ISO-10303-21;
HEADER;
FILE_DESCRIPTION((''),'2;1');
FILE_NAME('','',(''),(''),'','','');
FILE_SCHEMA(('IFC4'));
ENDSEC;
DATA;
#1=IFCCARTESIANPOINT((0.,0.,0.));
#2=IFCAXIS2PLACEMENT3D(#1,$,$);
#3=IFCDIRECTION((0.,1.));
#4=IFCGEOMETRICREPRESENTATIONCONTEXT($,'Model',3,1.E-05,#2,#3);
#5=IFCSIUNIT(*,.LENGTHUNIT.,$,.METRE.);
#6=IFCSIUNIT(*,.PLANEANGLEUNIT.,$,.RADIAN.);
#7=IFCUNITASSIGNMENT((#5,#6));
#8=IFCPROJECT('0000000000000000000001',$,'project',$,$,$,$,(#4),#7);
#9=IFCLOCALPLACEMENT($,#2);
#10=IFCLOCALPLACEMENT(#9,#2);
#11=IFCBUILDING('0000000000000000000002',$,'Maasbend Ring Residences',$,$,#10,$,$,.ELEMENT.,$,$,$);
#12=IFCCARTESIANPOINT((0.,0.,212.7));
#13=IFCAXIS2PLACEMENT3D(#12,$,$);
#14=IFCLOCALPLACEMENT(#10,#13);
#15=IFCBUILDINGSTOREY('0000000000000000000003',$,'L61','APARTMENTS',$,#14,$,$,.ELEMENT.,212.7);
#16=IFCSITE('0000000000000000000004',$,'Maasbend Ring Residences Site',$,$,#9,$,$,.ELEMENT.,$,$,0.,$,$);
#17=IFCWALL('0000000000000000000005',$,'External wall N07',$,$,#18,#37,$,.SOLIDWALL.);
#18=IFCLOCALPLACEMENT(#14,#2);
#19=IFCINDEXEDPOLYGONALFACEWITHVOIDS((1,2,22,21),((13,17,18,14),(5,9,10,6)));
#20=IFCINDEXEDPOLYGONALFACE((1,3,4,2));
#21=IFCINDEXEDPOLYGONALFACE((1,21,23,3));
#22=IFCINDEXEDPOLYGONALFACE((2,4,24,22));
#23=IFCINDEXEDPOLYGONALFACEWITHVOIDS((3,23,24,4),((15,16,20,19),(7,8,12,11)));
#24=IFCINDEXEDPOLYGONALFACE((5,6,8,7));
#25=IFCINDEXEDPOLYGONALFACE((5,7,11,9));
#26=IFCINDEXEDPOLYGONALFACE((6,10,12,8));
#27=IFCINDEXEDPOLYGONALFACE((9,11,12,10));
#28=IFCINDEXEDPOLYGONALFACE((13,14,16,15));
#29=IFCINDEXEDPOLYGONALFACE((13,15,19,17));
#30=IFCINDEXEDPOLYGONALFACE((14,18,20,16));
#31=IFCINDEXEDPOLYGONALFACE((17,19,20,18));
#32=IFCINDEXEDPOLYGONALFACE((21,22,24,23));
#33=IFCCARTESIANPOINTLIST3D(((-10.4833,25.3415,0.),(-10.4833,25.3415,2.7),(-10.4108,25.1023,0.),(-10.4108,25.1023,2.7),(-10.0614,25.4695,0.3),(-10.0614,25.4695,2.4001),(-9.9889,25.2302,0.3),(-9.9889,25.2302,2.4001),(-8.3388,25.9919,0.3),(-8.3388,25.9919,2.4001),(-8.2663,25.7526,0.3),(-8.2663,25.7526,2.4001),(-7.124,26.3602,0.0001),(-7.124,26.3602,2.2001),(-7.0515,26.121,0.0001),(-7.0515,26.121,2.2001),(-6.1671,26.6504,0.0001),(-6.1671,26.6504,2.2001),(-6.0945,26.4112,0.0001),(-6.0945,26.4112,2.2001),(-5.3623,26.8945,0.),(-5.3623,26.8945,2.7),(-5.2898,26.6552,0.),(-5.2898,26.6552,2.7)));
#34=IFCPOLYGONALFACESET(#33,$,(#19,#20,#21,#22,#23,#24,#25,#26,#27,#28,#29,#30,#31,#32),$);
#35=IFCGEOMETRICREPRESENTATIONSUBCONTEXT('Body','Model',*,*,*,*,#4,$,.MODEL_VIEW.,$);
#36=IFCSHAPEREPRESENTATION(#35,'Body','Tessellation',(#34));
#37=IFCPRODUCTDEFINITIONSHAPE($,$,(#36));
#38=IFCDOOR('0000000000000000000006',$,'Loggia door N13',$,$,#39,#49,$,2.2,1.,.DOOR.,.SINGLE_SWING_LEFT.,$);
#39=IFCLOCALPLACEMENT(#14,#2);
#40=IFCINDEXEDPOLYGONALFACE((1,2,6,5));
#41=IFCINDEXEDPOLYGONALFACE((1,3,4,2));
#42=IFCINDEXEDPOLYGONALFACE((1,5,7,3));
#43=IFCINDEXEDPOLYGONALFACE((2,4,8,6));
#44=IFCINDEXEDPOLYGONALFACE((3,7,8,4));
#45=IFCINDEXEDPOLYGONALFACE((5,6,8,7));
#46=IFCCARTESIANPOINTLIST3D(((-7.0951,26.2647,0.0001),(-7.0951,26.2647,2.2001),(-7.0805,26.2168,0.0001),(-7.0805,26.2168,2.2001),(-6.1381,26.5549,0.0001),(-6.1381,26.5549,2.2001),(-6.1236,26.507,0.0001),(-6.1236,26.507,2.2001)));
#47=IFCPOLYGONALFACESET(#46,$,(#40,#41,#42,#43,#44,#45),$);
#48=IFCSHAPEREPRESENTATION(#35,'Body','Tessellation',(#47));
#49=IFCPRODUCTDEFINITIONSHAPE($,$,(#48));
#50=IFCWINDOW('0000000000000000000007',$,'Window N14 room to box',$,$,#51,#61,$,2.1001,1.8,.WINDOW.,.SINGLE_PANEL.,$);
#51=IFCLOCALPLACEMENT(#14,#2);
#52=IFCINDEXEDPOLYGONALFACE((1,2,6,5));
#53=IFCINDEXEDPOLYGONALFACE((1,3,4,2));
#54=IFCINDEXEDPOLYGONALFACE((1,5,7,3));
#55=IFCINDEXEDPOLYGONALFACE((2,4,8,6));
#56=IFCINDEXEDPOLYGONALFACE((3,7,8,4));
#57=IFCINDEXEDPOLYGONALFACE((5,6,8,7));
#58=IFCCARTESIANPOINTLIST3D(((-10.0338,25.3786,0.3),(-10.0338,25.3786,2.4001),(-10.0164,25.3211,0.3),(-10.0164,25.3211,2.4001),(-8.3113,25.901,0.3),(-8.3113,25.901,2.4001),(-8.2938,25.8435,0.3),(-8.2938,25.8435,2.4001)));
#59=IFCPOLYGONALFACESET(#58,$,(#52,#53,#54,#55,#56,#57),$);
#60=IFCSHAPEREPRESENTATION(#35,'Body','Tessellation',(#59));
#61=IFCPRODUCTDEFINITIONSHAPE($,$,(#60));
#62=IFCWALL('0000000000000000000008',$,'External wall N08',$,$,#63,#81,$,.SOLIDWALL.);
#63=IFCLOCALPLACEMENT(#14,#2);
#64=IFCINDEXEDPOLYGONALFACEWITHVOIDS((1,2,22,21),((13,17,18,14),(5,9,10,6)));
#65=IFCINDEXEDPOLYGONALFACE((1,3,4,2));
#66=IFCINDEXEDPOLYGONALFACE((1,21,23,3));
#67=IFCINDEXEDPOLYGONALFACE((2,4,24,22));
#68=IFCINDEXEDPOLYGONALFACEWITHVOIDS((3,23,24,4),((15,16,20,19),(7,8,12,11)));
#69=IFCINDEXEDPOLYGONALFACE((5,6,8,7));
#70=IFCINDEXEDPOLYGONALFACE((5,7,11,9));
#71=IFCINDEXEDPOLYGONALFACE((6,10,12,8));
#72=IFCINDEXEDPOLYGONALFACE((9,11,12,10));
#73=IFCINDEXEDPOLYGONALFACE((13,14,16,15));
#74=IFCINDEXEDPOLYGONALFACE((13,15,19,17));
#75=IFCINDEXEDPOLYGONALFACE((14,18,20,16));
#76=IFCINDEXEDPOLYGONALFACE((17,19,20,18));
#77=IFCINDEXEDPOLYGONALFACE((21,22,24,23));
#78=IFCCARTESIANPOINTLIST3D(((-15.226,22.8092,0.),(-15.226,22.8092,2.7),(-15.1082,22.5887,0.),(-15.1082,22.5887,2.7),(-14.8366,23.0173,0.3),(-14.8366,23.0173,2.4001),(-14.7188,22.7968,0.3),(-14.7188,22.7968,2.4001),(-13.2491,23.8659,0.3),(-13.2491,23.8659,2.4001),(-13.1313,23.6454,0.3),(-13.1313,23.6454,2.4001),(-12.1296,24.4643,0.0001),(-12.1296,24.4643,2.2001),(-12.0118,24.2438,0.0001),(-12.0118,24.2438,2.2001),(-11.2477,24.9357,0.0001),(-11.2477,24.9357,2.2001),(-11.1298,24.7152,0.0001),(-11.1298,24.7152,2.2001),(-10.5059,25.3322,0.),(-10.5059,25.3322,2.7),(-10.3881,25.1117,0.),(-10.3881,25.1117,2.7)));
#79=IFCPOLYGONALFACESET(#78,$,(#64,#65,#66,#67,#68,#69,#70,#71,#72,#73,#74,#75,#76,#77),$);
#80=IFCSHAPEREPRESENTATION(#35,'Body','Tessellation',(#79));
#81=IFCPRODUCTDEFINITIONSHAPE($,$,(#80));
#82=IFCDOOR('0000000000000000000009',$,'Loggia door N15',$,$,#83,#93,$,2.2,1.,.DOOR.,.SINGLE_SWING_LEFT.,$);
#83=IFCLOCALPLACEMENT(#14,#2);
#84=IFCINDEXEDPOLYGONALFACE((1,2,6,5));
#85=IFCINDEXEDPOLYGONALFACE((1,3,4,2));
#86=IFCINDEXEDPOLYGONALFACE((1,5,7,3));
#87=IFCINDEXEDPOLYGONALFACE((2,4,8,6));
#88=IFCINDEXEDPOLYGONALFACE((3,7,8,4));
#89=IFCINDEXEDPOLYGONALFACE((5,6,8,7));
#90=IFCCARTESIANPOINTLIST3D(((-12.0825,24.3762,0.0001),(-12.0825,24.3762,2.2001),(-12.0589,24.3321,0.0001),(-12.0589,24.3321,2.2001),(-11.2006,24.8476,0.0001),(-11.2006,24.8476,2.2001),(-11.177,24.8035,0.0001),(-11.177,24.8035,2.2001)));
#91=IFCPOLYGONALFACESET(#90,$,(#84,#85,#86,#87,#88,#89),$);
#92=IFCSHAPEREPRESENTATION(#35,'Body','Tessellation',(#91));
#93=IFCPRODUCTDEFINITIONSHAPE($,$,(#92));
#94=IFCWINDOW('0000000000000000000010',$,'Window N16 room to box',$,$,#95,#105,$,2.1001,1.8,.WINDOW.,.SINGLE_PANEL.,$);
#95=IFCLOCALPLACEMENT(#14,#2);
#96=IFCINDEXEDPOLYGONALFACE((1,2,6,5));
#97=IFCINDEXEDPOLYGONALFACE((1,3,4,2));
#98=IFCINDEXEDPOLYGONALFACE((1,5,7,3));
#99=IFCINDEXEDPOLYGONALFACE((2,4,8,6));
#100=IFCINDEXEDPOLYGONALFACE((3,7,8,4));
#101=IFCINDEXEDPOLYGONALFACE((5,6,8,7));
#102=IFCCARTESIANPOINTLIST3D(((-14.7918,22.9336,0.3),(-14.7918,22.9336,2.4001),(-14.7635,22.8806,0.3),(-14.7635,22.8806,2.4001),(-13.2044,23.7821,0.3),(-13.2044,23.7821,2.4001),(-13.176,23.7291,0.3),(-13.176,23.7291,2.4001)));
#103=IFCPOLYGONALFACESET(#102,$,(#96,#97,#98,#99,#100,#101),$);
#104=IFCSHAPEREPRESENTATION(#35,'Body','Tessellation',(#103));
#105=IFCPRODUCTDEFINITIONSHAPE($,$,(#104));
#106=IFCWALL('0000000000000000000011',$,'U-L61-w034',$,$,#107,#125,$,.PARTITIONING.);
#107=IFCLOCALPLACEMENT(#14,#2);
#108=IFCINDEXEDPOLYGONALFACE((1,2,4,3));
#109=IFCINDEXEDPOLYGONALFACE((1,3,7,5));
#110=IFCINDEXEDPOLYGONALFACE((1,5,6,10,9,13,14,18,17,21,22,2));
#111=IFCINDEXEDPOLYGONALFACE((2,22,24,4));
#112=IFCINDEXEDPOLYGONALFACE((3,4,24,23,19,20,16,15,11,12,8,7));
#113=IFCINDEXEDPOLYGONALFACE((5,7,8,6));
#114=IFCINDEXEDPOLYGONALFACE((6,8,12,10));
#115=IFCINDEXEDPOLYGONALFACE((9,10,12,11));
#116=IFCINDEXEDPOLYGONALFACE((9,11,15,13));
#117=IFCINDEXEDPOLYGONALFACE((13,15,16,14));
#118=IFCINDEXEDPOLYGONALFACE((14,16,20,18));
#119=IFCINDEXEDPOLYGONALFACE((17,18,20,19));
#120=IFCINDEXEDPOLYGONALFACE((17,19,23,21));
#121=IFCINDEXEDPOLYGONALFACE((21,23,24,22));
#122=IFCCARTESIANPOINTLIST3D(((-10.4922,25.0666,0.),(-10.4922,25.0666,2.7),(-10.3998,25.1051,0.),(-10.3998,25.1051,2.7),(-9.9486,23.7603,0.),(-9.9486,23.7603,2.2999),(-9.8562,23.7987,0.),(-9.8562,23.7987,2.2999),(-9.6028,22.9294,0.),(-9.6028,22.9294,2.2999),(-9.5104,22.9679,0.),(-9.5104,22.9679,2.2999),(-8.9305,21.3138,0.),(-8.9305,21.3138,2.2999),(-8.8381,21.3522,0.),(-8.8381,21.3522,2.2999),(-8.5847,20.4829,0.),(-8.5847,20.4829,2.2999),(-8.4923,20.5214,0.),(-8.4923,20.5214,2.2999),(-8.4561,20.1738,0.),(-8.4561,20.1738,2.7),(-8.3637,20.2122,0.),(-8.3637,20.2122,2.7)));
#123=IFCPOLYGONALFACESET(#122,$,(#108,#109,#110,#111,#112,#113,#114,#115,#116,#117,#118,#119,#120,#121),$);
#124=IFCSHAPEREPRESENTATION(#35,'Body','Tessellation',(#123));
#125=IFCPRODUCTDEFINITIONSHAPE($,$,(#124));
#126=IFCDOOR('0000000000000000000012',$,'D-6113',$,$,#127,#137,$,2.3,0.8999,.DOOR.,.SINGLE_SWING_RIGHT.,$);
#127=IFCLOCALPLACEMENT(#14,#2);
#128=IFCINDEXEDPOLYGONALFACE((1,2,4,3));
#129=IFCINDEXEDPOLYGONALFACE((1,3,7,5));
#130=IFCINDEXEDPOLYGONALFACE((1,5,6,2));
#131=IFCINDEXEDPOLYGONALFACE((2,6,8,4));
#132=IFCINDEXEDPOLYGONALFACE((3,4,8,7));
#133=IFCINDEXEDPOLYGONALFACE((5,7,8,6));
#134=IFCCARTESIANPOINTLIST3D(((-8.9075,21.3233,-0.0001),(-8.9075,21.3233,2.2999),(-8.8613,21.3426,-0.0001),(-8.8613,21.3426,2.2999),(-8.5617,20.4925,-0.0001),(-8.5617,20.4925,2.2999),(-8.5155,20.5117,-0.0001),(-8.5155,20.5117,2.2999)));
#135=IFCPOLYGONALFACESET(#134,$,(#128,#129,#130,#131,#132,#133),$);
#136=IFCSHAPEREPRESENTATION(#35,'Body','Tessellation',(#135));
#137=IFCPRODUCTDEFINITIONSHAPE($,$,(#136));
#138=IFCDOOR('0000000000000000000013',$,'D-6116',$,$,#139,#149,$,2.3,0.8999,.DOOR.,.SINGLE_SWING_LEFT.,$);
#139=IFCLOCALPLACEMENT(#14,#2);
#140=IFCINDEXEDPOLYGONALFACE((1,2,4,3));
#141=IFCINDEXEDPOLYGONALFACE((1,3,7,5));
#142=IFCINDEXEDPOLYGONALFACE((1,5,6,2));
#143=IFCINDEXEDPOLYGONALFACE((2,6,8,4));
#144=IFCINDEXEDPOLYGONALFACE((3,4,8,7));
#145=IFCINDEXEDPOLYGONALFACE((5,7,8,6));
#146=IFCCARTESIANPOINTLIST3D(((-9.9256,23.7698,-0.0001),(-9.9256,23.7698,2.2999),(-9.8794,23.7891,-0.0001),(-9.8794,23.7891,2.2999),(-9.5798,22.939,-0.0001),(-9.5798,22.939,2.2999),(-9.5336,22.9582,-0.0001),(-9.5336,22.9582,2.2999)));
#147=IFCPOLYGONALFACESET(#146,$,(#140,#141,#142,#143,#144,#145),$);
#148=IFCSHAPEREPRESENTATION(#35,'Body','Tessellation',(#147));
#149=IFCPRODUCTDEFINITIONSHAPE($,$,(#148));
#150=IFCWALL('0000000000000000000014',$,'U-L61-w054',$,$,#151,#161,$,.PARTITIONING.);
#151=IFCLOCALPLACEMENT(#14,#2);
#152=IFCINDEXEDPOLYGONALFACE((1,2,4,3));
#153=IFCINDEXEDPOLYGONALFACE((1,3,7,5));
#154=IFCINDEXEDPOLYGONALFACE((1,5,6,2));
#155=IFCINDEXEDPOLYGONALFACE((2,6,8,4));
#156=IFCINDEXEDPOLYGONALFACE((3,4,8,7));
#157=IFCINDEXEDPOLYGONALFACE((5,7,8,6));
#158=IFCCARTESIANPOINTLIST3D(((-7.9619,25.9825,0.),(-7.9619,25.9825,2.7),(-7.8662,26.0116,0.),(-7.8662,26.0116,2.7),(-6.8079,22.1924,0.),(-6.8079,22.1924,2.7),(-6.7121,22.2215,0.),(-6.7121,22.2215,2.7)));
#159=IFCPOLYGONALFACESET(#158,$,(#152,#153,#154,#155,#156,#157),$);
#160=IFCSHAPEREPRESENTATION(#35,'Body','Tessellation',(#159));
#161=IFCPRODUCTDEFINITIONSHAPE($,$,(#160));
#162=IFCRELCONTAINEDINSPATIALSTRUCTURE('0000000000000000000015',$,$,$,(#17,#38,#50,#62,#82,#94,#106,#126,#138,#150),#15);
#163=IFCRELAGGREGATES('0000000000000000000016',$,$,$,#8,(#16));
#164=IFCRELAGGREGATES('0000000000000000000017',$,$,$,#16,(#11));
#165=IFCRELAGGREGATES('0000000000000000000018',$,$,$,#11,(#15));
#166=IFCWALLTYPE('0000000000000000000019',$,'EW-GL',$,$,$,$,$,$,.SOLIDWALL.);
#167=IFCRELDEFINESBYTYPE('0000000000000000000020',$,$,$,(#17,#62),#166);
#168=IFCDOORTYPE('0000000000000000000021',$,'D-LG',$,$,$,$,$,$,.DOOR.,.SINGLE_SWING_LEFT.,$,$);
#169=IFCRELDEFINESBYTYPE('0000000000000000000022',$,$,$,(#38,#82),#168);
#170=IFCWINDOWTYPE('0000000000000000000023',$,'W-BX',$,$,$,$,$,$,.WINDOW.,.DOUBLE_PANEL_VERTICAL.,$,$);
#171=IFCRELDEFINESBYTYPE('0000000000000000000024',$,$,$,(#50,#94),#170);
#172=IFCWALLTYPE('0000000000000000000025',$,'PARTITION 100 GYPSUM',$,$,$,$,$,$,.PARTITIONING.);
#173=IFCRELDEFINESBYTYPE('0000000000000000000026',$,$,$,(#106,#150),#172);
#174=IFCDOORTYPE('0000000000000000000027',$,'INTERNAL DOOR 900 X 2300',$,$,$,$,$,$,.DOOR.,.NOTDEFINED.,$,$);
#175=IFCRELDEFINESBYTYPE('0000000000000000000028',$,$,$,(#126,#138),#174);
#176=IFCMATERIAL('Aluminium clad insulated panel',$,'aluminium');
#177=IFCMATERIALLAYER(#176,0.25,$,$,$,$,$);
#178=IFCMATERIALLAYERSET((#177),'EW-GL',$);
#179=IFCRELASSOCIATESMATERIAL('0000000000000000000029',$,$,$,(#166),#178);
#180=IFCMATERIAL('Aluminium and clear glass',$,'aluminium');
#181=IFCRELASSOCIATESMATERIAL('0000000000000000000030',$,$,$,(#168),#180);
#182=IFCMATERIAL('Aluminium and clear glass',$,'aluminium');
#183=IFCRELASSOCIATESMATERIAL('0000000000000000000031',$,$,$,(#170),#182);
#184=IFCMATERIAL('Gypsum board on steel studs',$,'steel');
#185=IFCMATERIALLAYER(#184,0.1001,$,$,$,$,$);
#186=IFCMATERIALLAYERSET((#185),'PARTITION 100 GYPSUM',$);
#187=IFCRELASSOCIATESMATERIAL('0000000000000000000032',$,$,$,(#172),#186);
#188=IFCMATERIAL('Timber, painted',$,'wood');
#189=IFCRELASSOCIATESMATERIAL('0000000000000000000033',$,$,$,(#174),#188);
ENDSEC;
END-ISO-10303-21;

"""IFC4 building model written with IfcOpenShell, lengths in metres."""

from ifc_helpers import new_model, si_unit, direction, frame, frame_2d, origin, place, context, subcontext, project, spatial, rectangle, extrude, material, layer, layer_set, type_object, element, fill, save


model = new_model("IFC4")

# Units and contexts
model_context = context("Model", 3, precision=1e-05, world=origin(), true_north=direction((0.0, 1.0)))
body_context = subcontext(model_context, "Body", "Model", "MODEL_VIEW")
ifc_project = project(units=[si_unit("LENGTHUNIT", "METRE"), si_unit("PLANEANGLEUNIT", "RADIAN")], contexts=[model_context])

# Site, building, storey
site_placement = place(None, origin())
site = spatial("IfcSite", under=ifc_project, at=site_placement, Name="Maasbend Ring Residences Site", CompositionType="ELEMENT", RefElevation=0.0)
building_placement = place(site_placement, origin())
building = spatial("IfcBuilding", under=site, at=building_placement, Name="Maasbend Ring Residences", CompositionType="ELEMENT")
storey_placement = place(building_placement, frame((0.0, 0.0, 212.7)))
storey = spatial("IfcBuildingStorey", under=building, at=storey_placement, Name="L61", Description="APARTMENTS", CompositionType="ELEMENT", Elevation=212.7)

# Walls, openings, doors, windows
ifc_material_1 = material(Name="Aluminium clad insulated panel", Category="aluminium")
ifc_layer_1 = layer(ifc_material_1, 0.25)
ifc_layer_set_1 = layer_set([ifc_layer_1], Name="EW-GL")
wall_type_1 = type_object("IfcWallType", Name="EW-GL", PredefinedType="SOLIDWALL", material=ifc_layer_set_1)
wall_1_placement = place(storey_placement, frame((-5.3259, 26.7749, 0.0), z_axis=(0.0, 0.0, 1.0), x_axis=(-0.956966, -0.290201, 0.0)))
wall_1 = element("IfcWall", 1, at=wall_1_placement, inside=storey, type_object=wall_type_1, Name="External wall N07", PredefinedType="SOLIDWALL", context=body_context, shape_type="SweptSolid", body=[
    extrude(rectangle(XDim=5.3513, YDim=0.25, at=frame_2d((2.6758, 0.0))), origin(), (0.0, 0.0, 1.0), 2.7),
])
opening_1_placement = place(wall_1_placement, frame((0.8411, 0.0, 0.0)))
opening_1 = element("IfcOpeningElement", 2, at=opening_1_placement, cuts=wall_1, PredefinedType="OPENING", context=body_context, shape_type="SweptSolid", body=[
    extrude(rectangle(XDim=1.0, YDim=2.2, at=frame_2d((0.5, 1.1001))), frame((0.0, 0.135, 0.0), z_axis=(0.0, -1.0, 0.0), x_axis=(1.0, 0.0, 0.0)), (0.0, 0.0, 1.0), 0.27),
])
opening_2_placement = place(wall_1_placement, frame((3.1106, 0.0, 0.3)))
opening_2 = element("IfcOpeningElement", 3, at=opening_2_placement, cuts=wall_1, PredefinedType="OPENING", context=body_context, shape_type="SweptSolid", body=[
    extrude(rectangle(XDim=1.8, YDim=2.1001, at=frame_2d((0.8999, 1.05))), frame((0.0, 0.135, 0.0), z_axis=(0.0, -1.0, 0.0), x_axis=(1.0, 0.0, 0.0)), (0.0, 0.0, 1.0), 0.27),
])
ifc_material_2 = material(Name="Aluminium and clear glass", Category="aluminium")
door_type_1 = type_object("IfcDoorType", Name="D-LG", OperationType="SINGLE_SWING_LEFT", PredefinedType="DOOR", material=ifc_material_2)
door_1_placement = place(opening_1_placement, origin())
door_1 = element("IfcDoor", 4, at=door_1_placement, inside=storey, type_object=door_type_1, Name="Loggia door N13", OperationType="SINGLE_SWING_LEFT", OverallHeight=2.2, OverallWidth=1.0, PredefinedType="DOOR", context=body_context, shape_type="SweptSolid", body=[
    extrude(rectangle(XDim=1.0, YDim=2.2, at=frame_2d((0.5, 1.1001))), frame((0.0, 0.0249, 0.0), z_axis=(0.0, -1.0, 0.0), x_axis=(1.0, 0.0, 0.0)), (0.0, 0.0, 1.0), 0.05),
])
fill(opening_1, door_1)
ifc_material_3 = material(Name="Aluminium and clear glass", Category="aluminium")
window_type_1 = type_object("IfcWindowType", Name="W-BX", PartitioningType="DOUBLE_PANEL_VERTICAL", PredefinedType="WINDOW", material=ifc_material_3)
window_1_placement = place(opening_2_placement, origin())
window_1 = element("IfcWindow", 5, at=window_1_placement, inside=storey, type_object=window_type_1, Name="Window N14 room to box", OverallHeight=2.1001, OverallWidth=1.8, PartitioningType="SINGLE_PANEL", PredefinedType="WINDOW", context=body_context, shape_type="SweptSolid", body=[
    extrude(rectangle(XDim=1.8, YDim=2.1001, at=frame_2d((0.8999, 1.05))), frame((0.0, 0.03, 0.0), z_axis=(0.0, -1.0, 0.0), x_axis=(1.0, 0.0, 0.0)), (0.0, 0.0, 1.0), 0.0601),
])
fill(opening_2, window_1)
wall_2_placement = place(storey_placement, frame((-10.447, 25.2219, 0.0), z_axis=(0.0, 0.0, 1.0), x_axis=(-0.881916, -0.471407, 0.0)))
wall_2 = element("IfcWall", 6, at=wall_2_placement, inside=storey, type_object=wall_type_1, Name="External wall N08", PredefinedType="SOLIDWALL", context=body_context, shape_type="SweptSolid", body=[
    extrude(rectangle(XDim=5.3521, YDim=0.25, at=frame_2d((2.676, 0.0))), origin(), (0.0, 0.0, 1.0), 2.7),
])
opening_3_placement = place(wall_2_placement, frame((0.8411, 0.0, 0.0)))
opening_3 = element("IfcOpeningElement", 7, at=opening_3_placement, cuts=wall_2, PredefinedType="OPENING", context=body_context, shape_type="SweptSolid", body=[
    extrude(rectangle(XDim=1.0, YDim=2.2, at=frame_2d((0.5, 1.1001))), frame((0.0, 0.135, 0.0), z_axis=(0.0, -1.0, 0.0), x_axis=(1.0, 0.0, 0.0)), (0.0, 0.0, 1.0), 0.27),
])
opening_4_placement = place(wall_2_placement, frame((3.1106, 0.0, 0.3)))
opening_4 = element("IfcOpeningElement", 8, at=opening_4_placement, cuts=wall_2, PredefinedType="OPENING", context=body_context, shape_type="SweptSolid", body=[
    extrude(rectangle(XDim=1.8, YDim=2.1001, at=frame_2d((0.8999, 1.05))), frame((0.0, 0.135, 0.0), z_axis=(0.0, -1.0, 0.0), x_axis=(1.0, 0.0, 0.0)), (0.0, 0.0, 1.0), 0.27),
])
door_2_placement = place(opening_3_placement, origin())
door_2 = element("IfcDoor", 9, at=door_2_placement, inside=storey, type_object=door_type_1, Name="Loggia door N15", OperationType="SINGLE_SWING_LEFT", OverallHeight=2.2, OverallWidth=1.0, PredefinedType="DOOR", context=body_context, shape_type="SweptSolid", body=[
    extrude(rectangle(XDim=1.0, YDim=2.2, at=frame_2d((0.5, 1.1001))), frame((0.0, 0.0249, 0.0), z_axis=(0.0, -1.0, 0.0), x_axis=(1.0, 0.0, 0.0)), (0.0, 0.0, 1.0), 0.05),
])
fill(opening_3, door_2)
window_2_placement = place(opening_4_placement, origin())
window_2 = element("IfcWindow", 10, at=window_2_placement, inside=storey, type_object=window_type_1, Name="Window N16 room to box", OverallHeight=2.1001, OverallWidth=1.8, PartitioningType="SINGLE_PANEL", PredefinedType="WINDOW", context=body_context, shape_type="SweptSolid", body=[
    extrude(rectangle(XDim=1.8, YDim=2.1001, at=frame_2d((0.8999, 1.05))), frame((0.0, 0.03, 0.0), z_axis=(0.0, -1.0, 0.0), x_axis=(1.0, 0.0, 0.0)), (0.0, 0.0, 1.0), 0.0601),
])
fill(opening_4, window_2)

# Wall, openings, doors
ifc_material_4 = material(Name="Gypsum board on steel studs", Category="steel")
ifc_layer_2 = layer(ifc_material_4, 0.1001)
ifc_layer_set_2 = layer_set([ifc_layer_2], Name="PARTITION 100 GYPSUM")
wall_type_2 = type_object("IfcWallType", Name="PARTITION 100 GYPSUM", PredefinedType="PARTITIONING", material=ifc_layer_set_2)
wall_3_placement = place(storey_placement, frame((-10.446, 25.0859, 0.0), z_axis=(0.0, 0.0, 1.0), x_axis=(0.384206, -0.923247, 0.0)))
wall_3 = element("IfcWall", 11, at=wall_3_placement, inside=storey, type_object=wall_type_2, Name="U-L61-w034", PredefinedType="PARTITIONING", context=body_context, shape_type="SweptSolid", body=[
    extrude(rectangle(XDim=5.2996, YDim=0.1001, at=frame_2d((2.6499, 0.0))), origin(), (0.0, 0.0, 1.0), 2.7),
])
opening_5_placement = place(wall_3_placement, frame((4.0649, 0.0, 0.0)))
opening_5 = element("IfcOpeningElement", 12, at=opening_5_placement, cuts=wall_3, PredefinedType="OPENING", context=body_context, shape_type="SweptSolid", body=[
    extrude(rectangle(XDim=0.8999, YDim=2.3, at=frame_2d((0.45, 1.1499))), frame((0.0, 0.0601, 0.0), z_axis=(0.0, -1.0, 0.0), x_axis=(1.0, 0.0, 0.0)), (0.0, 0.0, 1.0), 0.1201),
])
opening_6_placement = place(wall_3_placement, frame((1.415, 0.0, 0.0)))
opening_6 = element("IfcOpeningElement", 13, at=opening_6_placement, cuts=wall_3, PredefinedType="OPENING", context=body_context, shape_type="SweptSolid", body=[
    extrude(rectangle(XDim=0.8999, YDim=2.3, at=frame_2d((0.45, 1.1499))), frame((0.0, 0.0601, 0.0), z_axis=(0.0, -1.0, 0.0), x_axis=(1.0, 0.0, 0.0)), (0.0, 0.0, 1.0), 0.1201),
])
ifc_material_5 = material(Name="Timber, painted", Category="wood")
door_type_2 = type_object("IfcDoorType", Name="INTERNAL DOOR 900 X 2300", OperationType="NOTDEFINED", PredefinedType="DOOR", material=ifc_material_5)
door_3_placement = place(opening_5_placement, origin())
door_3 = element("IfcDoor", 14, at=door_3_placement, inside=storey, type_object=door_type_2, Name="D-6113", OperationType="SINGLE_SWING_RIGHT", OverallHeight=2.3, OverallWidth=0.8999, PredefinedType="DOOR", context=body_context, shape_type="SweptSolid", body=[
    extrude(rectangle(XDim=0.8999, YDim=2.3, at=frame_2d((0.45, 1.1499))), frame((0.0, 0.0249, 0.0), z_axis=(0.0, -1.0, 0.0), x_axis=(1.0, 0.0, 0.0)), (0.0, 0.0, 1.0), 0.05),
])
fill(opening_5, door_3)
door_4_placement = place(opening_6_placement, origin())
door_4 = element("IfcDoor", 15, at=door_4_placement, inside=storey, type_object=door_type_2, Name="D-6116", OperationType="SINGLE_SWING_LEFT", OverallHeight=2.3, OverallWidth=0.8999, PredefinedType="DOOR", context=body_context, shape_type="SweptSolid", body=[
    extrude(rectangle(XDim=0.8999, YDim=2.3, at=frame_2d((0.45, 1.1499))), frame((0.0, 0.0249, 0.0), z_axis=(0.0, -1.0, 0.0), x_axis=(1.0, 0.0, 0.0)), (0.0, 0.0, 1.0), 0.05),
])
fill(opening_6, door_4)

# Wall
wall_4_placement = place(storey_placement, frame((-7.9141, 25.9971, 0.0), z_axis=(0.0, 0.0, 1.0), x_axis=(0.291292, -0.956634, 0.0)))
element("IfcWall", 16, at=wall_4_placement, inside=storey, type_object=wall_type_2, Name="U-L61-w054", PredefinedType="PARTITIONING", context=body_context, shape_type="SweptSolid", body=[
    extrude(rectangle(XDim=3.9619, YDim=0.1001, at=frame_2d((1.981, 0.0))), origin(), (0.0, 0.0, 1.0), 2.7),
])

save(model, "model.ifc")
